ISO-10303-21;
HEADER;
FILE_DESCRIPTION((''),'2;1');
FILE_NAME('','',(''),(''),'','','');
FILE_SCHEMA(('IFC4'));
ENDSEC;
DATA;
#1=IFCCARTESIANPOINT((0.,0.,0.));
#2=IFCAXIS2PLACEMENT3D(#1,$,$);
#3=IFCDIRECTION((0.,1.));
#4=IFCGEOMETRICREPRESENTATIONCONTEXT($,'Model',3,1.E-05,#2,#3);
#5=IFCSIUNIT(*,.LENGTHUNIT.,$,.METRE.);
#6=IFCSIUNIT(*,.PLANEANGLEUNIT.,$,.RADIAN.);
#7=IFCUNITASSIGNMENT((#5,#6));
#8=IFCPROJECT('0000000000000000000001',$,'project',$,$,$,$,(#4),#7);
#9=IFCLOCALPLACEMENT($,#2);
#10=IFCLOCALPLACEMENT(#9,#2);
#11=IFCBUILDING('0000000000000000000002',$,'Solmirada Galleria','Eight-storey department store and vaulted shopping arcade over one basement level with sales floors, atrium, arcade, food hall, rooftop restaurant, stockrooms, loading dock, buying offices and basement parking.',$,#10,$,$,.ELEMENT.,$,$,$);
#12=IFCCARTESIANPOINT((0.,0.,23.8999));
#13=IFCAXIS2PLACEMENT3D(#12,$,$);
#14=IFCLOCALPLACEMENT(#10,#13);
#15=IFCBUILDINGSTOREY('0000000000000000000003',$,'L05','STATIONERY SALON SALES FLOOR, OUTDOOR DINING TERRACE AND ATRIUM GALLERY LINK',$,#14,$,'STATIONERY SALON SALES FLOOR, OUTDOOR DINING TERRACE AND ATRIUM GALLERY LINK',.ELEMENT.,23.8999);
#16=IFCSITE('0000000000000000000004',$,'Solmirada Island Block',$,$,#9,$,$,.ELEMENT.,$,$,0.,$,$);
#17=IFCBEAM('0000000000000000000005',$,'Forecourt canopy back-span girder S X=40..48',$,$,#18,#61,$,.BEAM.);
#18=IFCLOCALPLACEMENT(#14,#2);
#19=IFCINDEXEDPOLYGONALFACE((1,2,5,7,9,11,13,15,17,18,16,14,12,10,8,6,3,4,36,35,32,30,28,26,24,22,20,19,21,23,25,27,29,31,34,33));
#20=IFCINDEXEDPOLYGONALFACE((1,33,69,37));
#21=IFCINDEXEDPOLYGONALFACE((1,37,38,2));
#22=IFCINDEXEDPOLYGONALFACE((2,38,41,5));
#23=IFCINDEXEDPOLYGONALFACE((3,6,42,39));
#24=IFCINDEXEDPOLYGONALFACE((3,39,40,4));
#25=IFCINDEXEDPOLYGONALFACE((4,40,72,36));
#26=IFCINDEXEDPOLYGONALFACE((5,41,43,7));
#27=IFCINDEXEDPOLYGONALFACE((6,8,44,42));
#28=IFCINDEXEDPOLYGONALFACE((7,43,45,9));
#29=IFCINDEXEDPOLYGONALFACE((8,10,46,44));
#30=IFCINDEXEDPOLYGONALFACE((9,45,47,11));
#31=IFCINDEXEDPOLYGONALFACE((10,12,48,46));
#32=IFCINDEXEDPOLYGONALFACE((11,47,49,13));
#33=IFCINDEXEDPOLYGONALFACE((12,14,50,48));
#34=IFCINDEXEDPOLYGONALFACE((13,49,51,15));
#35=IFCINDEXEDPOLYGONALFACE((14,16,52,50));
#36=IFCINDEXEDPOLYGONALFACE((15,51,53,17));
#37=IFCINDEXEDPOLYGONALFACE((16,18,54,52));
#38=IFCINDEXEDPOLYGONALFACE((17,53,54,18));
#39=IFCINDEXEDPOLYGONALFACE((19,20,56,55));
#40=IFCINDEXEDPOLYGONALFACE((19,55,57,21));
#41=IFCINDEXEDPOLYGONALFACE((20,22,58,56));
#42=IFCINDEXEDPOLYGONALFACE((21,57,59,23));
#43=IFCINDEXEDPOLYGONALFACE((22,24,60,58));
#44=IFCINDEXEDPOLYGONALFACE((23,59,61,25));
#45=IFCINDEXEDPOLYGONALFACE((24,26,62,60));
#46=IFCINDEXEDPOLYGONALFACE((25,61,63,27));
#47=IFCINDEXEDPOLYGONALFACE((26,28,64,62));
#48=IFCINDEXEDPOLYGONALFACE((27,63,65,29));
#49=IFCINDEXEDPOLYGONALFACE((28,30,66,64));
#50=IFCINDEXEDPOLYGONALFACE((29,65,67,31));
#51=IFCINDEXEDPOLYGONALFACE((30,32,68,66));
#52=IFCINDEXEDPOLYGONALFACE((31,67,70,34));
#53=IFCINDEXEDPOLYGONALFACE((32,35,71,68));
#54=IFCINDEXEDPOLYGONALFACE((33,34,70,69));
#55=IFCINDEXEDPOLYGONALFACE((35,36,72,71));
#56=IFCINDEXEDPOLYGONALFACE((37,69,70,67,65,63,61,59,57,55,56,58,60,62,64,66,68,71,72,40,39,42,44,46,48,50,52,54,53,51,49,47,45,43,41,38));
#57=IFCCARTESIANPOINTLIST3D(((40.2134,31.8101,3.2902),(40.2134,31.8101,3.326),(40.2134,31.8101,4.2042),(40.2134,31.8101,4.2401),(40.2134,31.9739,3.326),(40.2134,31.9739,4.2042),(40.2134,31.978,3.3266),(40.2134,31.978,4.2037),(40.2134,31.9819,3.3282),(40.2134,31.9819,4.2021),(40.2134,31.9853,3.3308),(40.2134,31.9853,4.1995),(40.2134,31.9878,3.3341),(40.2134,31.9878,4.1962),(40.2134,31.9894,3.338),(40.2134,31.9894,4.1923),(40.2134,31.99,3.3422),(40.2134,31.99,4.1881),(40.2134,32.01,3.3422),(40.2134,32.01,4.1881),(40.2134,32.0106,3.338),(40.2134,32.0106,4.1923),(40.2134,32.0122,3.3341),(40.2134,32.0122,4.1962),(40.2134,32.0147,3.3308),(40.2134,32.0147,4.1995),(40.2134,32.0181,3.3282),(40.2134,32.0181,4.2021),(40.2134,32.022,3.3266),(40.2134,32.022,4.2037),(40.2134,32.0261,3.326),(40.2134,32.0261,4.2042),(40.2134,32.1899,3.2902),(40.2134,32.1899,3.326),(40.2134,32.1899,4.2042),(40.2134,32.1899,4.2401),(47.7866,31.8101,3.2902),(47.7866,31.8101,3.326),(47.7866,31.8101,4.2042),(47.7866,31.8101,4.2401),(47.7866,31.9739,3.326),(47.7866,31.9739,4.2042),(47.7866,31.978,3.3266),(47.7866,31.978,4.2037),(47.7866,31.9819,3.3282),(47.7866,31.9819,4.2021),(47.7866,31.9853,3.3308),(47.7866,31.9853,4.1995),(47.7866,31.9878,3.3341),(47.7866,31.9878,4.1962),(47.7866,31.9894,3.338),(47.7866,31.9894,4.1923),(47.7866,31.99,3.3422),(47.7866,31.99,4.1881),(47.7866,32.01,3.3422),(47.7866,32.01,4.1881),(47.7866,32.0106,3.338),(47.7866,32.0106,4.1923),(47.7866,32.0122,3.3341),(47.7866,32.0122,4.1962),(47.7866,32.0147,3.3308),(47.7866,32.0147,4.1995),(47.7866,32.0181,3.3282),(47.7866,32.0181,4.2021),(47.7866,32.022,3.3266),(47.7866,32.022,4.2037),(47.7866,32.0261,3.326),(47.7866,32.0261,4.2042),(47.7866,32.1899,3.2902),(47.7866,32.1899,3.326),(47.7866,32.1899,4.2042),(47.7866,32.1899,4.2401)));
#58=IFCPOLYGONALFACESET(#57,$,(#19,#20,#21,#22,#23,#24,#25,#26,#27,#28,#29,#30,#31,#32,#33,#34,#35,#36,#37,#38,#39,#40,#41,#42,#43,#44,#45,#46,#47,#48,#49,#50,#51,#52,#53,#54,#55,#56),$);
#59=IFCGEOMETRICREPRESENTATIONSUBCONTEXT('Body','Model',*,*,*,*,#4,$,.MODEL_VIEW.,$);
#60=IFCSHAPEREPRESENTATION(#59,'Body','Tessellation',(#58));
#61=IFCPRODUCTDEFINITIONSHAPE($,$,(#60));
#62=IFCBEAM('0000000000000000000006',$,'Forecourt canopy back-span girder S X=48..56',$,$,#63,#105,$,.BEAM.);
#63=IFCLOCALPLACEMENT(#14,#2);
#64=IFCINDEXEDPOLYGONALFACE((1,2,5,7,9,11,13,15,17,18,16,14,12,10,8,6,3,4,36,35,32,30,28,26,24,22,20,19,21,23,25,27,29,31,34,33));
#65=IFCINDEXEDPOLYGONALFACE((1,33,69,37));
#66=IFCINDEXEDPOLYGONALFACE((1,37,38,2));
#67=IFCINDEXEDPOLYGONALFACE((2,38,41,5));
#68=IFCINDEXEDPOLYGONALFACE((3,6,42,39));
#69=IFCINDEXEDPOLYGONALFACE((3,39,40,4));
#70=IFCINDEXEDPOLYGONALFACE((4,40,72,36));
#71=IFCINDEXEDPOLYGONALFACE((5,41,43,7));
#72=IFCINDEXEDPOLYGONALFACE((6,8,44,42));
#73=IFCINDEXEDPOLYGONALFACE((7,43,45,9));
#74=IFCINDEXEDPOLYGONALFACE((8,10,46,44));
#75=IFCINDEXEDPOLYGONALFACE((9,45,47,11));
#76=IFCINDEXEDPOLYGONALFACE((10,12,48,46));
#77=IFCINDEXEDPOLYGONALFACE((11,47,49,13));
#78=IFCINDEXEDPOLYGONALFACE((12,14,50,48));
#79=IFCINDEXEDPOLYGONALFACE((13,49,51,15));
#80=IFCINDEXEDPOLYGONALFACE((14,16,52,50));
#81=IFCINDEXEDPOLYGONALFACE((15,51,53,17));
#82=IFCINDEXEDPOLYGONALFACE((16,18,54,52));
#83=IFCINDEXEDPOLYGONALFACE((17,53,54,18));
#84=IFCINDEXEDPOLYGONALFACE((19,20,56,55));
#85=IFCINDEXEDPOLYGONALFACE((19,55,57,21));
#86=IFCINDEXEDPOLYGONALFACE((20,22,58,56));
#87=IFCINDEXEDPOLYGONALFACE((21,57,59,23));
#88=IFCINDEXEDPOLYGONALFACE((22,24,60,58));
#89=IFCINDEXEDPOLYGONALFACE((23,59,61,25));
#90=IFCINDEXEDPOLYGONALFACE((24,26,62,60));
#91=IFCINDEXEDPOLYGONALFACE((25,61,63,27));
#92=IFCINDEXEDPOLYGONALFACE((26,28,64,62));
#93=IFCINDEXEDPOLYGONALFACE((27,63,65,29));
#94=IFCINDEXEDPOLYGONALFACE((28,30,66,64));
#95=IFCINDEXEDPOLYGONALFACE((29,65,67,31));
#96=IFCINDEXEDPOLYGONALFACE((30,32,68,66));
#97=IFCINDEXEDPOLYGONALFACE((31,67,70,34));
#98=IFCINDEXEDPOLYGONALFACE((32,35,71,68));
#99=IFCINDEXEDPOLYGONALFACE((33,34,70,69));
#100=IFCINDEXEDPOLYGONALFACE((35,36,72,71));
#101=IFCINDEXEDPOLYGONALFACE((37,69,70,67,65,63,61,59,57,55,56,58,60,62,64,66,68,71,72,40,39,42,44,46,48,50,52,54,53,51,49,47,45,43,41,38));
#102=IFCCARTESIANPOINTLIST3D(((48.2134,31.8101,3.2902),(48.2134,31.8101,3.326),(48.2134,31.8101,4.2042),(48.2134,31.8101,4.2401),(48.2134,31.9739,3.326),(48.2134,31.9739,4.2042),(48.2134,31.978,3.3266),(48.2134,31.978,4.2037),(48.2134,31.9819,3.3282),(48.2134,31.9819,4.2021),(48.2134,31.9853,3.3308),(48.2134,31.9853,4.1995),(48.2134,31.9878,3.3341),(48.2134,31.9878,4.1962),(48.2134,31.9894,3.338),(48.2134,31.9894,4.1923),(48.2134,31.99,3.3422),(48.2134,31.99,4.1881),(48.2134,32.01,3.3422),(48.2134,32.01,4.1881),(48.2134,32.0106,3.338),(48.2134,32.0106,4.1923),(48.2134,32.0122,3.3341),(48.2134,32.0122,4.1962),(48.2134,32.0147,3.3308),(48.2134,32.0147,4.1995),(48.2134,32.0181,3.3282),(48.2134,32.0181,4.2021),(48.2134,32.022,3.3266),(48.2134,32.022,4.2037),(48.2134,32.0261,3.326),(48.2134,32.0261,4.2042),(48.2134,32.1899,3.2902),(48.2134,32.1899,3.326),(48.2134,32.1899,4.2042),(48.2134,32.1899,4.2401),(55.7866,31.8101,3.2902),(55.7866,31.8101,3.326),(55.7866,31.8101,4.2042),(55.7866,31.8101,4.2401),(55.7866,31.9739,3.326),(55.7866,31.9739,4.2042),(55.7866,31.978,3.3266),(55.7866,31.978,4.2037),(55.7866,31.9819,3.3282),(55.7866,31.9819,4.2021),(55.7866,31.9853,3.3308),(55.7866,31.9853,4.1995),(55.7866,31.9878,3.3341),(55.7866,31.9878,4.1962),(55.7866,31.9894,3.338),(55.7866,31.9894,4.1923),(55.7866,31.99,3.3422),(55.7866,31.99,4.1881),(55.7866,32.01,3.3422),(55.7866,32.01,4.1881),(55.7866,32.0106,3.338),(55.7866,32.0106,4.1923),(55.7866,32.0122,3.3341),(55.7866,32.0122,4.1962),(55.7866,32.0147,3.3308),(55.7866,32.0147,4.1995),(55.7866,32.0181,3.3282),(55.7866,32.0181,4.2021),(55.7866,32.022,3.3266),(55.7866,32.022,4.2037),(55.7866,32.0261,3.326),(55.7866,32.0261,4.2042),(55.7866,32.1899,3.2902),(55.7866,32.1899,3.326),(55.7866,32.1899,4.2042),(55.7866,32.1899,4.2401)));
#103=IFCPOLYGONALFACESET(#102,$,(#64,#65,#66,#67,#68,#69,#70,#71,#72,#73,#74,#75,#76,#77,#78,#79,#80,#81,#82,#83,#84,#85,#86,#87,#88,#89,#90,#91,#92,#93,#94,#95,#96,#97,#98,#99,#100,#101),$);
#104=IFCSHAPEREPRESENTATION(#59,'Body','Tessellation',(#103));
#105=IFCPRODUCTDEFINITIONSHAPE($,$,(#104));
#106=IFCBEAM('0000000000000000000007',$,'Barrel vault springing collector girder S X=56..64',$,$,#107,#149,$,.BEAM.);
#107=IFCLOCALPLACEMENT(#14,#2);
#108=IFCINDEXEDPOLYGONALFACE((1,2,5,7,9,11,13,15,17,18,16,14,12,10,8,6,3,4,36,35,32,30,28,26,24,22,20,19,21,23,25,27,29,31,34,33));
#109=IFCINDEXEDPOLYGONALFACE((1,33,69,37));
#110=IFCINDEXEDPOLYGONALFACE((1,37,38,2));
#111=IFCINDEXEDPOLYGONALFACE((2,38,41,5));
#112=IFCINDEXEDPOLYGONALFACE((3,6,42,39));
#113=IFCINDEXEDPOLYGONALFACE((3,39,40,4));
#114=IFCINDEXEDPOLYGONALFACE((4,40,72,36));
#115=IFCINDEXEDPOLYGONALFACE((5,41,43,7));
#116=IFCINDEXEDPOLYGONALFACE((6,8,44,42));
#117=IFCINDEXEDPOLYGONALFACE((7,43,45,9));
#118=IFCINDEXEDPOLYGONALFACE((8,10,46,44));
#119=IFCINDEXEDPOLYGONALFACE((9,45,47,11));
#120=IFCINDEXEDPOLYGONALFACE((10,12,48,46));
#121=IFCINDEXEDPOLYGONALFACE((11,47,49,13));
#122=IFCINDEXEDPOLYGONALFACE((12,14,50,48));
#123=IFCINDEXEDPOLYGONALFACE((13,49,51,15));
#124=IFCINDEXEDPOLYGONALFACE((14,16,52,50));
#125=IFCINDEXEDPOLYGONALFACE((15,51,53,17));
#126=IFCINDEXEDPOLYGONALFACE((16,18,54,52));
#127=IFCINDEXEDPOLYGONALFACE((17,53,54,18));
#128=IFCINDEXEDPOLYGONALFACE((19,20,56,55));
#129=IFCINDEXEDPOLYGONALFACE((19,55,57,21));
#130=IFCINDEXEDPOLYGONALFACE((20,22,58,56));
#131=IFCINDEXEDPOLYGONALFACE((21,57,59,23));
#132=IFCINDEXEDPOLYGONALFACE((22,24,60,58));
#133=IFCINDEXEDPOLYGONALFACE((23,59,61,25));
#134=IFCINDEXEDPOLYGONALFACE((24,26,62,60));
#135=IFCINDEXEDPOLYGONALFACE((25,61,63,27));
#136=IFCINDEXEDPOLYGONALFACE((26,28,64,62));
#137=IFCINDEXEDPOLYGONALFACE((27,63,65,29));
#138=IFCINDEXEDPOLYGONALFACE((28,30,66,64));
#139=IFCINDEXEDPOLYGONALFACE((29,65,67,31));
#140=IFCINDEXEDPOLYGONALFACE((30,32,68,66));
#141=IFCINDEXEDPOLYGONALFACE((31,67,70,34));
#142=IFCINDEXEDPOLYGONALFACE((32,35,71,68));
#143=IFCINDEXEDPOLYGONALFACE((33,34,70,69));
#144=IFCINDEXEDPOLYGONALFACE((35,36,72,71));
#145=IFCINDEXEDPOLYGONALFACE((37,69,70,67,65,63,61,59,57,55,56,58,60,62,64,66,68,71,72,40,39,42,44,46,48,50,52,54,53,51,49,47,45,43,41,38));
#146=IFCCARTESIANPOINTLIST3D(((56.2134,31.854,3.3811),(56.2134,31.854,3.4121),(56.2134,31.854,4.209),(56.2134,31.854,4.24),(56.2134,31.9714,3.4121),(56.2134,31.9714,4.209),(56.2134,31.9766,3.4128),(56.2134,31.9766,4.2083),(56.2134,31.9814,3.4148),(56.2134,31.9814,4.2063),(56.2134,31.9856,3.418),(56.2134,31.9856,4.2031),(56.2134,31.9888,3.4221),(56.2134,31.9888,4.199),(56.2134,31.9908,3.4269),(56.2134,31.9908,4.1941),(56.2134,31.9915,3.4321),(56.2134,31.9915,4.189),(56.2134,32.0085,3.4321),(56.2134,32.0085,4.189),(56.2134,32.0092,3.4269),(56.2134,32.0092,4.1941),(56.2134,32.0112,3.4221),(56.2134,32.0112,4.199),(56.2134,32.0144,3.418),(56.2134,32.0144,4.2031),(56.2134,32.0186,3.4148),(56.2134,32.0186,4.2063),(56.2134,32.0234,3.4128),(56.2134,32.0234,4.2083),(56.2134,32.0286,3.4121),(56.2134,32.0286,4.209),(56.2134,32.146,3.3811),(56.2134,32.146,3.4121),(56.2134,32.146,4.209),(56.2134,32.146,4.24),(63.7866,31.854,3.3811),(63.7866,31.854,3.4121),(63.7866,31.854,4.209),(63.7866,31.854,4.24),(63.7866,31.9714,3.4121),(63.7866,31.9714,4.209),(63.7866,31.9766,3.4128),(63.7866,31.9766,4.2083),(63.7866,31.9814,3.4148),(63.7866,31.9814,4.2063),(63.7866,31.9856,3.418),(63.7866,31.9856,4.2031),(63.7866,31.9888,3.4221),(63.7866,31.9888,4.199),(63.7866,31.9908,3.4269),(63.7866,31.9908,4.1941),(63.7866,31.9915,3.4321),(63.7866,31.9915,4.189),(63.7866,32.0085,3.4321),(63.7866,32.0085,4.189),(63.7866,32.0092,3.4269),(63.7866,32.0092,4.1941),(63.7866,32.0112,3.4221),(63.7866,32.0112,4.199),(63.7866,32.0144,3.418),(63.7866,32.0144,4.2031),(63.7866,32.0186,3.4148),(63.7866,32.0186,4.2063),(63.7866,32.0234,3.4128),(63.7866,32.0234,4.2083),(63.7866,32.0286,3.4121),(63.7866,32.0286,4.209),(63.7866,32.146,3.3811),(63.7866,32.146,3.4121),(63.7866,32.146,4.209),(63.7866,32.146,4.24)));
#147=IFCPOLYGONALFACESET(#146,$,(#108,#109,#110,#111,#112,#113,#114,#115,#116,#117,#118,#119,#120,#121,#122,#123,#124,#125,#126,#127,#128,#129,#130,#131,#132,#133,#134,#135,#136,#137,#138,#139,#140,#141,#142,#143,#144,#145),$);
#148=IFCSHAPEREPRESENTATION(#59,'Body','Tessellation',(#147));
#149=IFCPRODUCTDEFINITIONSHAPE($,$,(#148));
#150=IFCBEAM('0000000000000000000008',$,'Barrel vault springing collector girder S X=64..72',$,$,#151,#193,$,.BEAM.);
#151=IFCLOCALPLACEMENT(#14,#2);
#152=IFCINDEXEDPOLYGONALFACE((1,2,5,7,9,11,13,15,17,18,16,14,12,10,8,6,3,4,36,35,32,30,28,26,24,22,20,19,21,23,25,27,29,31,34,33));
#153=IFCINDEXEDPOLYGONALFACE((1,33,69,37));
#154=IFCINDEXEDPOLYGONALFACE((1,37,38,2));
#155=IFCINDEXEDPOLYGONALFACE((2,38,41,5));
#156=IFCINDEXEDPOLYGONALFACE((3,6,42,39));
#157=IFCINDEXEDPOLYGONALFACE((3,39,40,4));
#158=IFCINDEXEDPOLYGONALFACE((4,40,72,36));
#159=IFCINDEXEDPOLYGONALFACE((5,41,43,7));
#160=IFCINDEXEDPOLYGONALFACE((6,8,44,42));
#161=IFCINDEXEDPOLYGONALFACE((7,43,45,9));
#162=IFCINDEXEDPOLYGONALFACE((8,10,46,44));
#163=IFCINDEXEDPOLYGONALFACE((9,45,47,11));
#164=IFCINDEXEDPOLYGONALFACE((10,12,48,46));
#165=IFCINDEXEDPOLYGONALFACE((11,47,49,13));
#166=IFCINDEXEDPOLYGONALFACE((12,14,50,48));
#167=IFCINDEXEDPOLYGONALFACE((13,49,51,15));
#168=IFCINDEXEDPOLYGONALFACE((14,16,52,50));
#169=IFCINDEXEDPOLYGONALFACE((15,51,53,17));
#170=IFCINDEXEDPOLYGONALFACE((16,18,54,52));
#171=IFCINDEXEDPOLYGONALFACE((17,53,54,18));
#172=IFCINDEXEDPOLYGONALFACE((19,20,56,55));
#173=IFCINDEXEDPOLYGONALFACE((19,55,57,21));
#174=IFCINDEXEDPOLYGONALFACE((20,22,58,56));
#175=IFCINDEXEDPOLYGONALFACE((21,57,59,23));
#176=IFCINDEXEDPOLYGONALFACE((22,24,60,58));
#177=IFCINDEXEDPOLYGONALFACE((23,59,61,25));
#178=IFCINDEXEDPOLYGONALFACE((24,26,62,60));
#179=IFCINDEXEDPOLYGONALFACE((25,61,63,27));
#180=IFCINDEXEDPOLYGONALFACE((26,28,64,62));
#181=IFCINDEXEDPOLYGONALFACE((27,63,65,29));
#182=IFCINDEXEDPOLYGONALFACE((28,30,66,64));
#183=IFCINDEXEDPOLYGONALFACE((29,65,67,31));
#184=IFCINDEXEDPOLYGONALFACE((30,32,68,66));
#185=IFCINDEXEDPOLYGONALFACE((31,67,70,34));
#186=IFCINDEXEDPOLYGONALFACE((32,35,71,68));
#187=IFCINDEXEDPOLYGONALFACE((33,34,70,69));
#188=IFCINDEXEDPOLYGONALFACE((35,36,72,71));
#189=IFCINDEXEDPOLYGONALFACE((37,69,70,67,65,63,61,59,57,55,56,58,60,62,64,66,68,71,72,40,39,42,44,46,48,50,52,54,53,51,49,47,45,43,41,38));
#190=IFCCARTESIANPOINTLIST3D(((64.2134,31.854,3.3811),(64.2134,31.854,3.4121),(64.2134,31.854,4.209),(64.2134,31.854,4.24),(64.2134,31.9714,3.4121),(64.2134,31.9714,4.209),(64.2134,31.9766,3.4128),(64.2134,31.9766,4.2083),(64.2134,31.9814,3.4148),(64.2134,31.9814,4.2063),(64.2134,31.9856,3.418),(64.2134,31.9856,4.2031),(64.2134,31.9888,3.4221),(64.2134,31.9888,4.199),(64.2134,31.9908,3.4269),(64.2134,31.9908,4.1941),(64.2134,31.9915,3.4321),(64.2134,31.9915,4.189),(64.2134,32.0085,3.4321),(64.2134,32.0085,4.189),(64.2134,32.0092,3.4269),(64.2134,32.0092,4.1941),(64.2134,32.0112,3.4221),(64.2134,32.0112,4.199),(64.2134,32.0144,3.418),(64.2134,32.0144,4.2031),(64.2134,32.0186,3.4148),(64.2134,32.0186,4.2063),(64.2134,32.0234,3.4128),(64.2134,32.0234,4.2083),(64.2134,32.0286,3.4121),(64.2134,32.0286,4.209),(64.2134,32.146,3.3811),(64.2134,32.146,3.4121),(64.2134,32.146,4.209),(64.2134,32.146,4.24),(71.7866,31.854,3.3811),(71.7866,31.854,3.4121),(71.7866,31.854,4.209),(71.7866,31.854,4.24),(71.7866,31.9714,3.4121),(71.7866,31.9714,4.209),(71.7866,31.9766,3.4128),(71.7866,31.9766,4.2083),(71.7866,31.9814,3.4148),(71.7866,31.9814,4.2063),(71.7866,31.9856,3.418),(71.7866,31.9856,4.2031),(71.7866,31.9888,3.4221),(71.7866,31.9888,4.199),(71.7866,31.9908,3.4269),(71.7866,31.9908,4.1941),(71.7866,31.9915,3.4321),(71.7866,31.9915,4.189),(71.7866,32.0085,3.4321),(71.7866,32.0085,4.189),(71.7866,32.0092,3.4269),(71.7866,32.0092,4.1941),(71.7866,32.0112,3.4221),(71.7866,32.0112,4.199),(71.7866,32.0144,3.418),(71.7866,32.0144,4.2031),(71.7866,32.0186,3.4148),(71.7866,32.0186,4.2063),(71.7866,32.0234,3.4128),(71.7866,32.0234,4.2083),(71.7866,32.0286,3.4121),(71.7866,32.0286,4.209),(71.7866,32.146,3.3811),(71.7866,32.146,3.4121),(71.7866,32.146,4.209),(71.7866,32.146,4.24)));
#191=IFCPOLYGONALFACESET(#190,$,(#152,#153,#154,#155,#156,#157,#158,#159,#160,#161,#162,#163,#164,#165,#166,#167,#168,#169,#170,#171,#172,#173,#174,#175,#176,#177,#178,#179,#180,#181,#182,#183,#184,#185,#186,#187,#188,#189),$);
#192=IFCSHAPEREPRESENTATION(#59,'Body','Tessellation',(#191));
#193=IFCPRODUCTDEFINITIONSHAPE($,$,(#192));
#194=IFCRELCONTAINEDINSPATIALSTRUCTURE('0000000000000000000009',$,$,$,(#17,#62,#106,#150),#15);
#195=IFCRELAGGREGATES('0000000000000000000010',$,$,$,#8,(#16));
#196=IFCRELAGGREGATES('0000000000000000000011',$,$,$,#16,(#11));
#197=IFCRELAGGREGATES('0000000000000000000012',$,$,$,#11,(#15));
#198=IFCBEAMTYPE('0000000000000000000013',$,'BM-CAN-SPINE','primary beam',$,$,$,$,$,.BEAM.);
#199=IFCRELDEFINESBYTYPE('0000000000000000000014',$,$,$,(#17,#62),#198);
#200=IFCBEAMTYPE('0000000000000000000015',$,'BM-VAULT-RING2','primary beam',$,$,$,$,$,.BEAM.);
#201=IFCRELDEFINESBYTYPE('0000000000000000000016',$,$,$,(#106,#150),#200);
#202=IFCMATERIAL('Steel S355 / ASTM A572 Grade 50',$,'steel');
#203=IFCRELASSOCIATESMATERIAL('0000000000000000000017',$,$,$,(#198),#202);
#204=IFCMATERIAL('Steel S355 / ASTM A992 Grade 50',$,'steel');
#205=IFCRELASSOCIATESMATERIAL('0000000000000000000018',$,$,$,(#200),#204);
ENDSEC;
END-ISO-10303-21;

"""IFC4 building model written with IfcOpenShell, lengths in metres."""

from ifc_helpers import new_model, si_unit, direction, frame, origin, origin_2d, place, context, subcontext, project, spatial, i_section, extrude, material, material_profile, profile_set, type_object, element, save


model = new_model("IFC4")

# Units and contexts
model_context = context("Model", 3, precision=1e-05, world=origin(), true_north=direction((0.0, 1.0)))
body_context = subcontext(model_context, "Body", "Model", "MODEL_VIEW")
ifc_project = project(units=[si_unit("LENGTHUNIT", "METRE"), si_unit("PLANEANGLEUNIT", "RADIAN")], contexts=[model_context])

# Site, building, storey
site_placement = place(None, origin())
site = spatial("IfcSite", under=ifc_project, at=site_placement, Name="Solmirada Island Block", CompositionType="ELEMENT", RefElevation=0.0)
building_placement = place(site_placement, origin())
building = spatial("IfcBuilding", under=site, at=building_placement, Name="Solmirada Galleria", Description="Eight-storey department store and vaulted shopping arcade over one basement level with sales floors, atrium, arcade, food hall, rooftop restaurant, stockrooms, loading dock, buying offices and basement parking.", CompositionType="ELEMENT")
storey_placement = place(building_placement, frame((0.0, 0.0, 23.8999)))
storey = spatial("IfcBuildingStorey", under=building, at=storey_placement, Name="L05", Description="STATIONERY SALON SALES FLOOR, OUTDOOR DINING TERRACE AND ATRIUM GALLERY LINK", LongName="STATIONERY SALON SALES FLOOR, OUTDOOR DINING TERRACE AND ATRIUM GALLERY LINK", CompositionType="ELEMENT", Elevation=23.8999)

# Beams
ifc_material_1 = material(Name="Steel S355 / ASTM A572 Grade 50", Category="steel")
ifc_material_profile_1 = material_profile(ifc_material_1, i_section(OverallWidth=0.3799, OverallDepth=0.95, WebThickness=0.02, FlangeThickness=0.0359, FilletRadius=0.0161, at=origin_2d()), Name="PG950X380")
ifc_profile_set_1 = profile_set([ifc_material_profile_1], Name="Steel S355 / ASTM A572 Grade 50")
beam_type_1 = type_object("IfcBeamType", Name="BM-CAN-SPINE", Description="primary beam", PredefinedType="BEAM", material=ifc_profile_set_1)
for number, where, z_axis, x_axis, name in (
    (1, (40.2134, 32.0, 3.7651), (1.0, 0.0, 0.0), (0.0, 1.0, 0.0), "Forecourt canopy back-span girder S X=40..48"),
    (2, (48.2134, 32.0, 3.7651), (1.0, 0.0, 0.0), (0.0, 1.0, 0.0), "Forecourt canopy back-span girder S X=48..56"),
):
    element("IfcBeam", number, at=place(storey_placement, frame(where, z_axis=z_axis, x_axis=x_axis)), inside=storey, type_object=beam_type_1, Name=name, PredefinedType="BEAM", context=body_context, shape_type="SweptSolid", body=[
        extrude(i_section(OverallWidth=0.3799, OverallDepth=0.95, WebThickness=0.02, FlangeThickness=0.0359, FilletRadius=0.0161, at=origin_2d()), origin(), (0.0, 0.0, 1.0), 7.5732),
    ])
ifc_material_2 = material(Name="Steel S355 / ASTM A992 Grade 50", Category="steel")
ifc_material_profile_2 = material_profile(ifc_material_2, i_section(OverallWidth=0.292, OverallDepth=0.8589, WebThickness=0.0171, FlangeThickness=0.031, FilletRadius=0.02, at=origin_2d()), Name="W33X169")
ifc_profile_set_2 = profile_set([ifc_material_profile_2], Name="Steel S355 / ASTM A992 Grade 50")
beam_type_2 = type_object("IfcBeamType", Name="BM-VAULT-RING2", Description="primary beam", PredefinedType="BEAM", material=ifc_profile_set_2)
for number, where, z_axis, x_axis, name in (
    (3, (56.2134, 32.0, 3.8105), (1.0, 0.0, 0.0), (0.0, 1.0, 0.0), "Barrel vault springing collector girder S X=56..64"),
    (4, (64.2134, 32.0, 3.8105), (1.0, 0.0, 0.0), (0.0, 1.0, 0.0), "Barrel vault springing collector girder S X=64..72"),
):
    element("IfcBeam", number, at=place(storey_placement, frame(where, z_axis=z_axis, x_axis=x_axis)), inside=storey, type_object=beam_type_2, Name=name, PredefinedType="BEAM", context=body_context, shape_type="SweptSolid", body=[
        extrude(i_section(OverallWidth=0.292, OverallDepth=0.8589, WebThickness=0.0171, FlangeThickness=0.031, FilletRadius=0.02, at=origin_2d()), origin(), (0.0, 0.0, 1.0), 7.5732),
    ])

save(model, "model.ifc")
